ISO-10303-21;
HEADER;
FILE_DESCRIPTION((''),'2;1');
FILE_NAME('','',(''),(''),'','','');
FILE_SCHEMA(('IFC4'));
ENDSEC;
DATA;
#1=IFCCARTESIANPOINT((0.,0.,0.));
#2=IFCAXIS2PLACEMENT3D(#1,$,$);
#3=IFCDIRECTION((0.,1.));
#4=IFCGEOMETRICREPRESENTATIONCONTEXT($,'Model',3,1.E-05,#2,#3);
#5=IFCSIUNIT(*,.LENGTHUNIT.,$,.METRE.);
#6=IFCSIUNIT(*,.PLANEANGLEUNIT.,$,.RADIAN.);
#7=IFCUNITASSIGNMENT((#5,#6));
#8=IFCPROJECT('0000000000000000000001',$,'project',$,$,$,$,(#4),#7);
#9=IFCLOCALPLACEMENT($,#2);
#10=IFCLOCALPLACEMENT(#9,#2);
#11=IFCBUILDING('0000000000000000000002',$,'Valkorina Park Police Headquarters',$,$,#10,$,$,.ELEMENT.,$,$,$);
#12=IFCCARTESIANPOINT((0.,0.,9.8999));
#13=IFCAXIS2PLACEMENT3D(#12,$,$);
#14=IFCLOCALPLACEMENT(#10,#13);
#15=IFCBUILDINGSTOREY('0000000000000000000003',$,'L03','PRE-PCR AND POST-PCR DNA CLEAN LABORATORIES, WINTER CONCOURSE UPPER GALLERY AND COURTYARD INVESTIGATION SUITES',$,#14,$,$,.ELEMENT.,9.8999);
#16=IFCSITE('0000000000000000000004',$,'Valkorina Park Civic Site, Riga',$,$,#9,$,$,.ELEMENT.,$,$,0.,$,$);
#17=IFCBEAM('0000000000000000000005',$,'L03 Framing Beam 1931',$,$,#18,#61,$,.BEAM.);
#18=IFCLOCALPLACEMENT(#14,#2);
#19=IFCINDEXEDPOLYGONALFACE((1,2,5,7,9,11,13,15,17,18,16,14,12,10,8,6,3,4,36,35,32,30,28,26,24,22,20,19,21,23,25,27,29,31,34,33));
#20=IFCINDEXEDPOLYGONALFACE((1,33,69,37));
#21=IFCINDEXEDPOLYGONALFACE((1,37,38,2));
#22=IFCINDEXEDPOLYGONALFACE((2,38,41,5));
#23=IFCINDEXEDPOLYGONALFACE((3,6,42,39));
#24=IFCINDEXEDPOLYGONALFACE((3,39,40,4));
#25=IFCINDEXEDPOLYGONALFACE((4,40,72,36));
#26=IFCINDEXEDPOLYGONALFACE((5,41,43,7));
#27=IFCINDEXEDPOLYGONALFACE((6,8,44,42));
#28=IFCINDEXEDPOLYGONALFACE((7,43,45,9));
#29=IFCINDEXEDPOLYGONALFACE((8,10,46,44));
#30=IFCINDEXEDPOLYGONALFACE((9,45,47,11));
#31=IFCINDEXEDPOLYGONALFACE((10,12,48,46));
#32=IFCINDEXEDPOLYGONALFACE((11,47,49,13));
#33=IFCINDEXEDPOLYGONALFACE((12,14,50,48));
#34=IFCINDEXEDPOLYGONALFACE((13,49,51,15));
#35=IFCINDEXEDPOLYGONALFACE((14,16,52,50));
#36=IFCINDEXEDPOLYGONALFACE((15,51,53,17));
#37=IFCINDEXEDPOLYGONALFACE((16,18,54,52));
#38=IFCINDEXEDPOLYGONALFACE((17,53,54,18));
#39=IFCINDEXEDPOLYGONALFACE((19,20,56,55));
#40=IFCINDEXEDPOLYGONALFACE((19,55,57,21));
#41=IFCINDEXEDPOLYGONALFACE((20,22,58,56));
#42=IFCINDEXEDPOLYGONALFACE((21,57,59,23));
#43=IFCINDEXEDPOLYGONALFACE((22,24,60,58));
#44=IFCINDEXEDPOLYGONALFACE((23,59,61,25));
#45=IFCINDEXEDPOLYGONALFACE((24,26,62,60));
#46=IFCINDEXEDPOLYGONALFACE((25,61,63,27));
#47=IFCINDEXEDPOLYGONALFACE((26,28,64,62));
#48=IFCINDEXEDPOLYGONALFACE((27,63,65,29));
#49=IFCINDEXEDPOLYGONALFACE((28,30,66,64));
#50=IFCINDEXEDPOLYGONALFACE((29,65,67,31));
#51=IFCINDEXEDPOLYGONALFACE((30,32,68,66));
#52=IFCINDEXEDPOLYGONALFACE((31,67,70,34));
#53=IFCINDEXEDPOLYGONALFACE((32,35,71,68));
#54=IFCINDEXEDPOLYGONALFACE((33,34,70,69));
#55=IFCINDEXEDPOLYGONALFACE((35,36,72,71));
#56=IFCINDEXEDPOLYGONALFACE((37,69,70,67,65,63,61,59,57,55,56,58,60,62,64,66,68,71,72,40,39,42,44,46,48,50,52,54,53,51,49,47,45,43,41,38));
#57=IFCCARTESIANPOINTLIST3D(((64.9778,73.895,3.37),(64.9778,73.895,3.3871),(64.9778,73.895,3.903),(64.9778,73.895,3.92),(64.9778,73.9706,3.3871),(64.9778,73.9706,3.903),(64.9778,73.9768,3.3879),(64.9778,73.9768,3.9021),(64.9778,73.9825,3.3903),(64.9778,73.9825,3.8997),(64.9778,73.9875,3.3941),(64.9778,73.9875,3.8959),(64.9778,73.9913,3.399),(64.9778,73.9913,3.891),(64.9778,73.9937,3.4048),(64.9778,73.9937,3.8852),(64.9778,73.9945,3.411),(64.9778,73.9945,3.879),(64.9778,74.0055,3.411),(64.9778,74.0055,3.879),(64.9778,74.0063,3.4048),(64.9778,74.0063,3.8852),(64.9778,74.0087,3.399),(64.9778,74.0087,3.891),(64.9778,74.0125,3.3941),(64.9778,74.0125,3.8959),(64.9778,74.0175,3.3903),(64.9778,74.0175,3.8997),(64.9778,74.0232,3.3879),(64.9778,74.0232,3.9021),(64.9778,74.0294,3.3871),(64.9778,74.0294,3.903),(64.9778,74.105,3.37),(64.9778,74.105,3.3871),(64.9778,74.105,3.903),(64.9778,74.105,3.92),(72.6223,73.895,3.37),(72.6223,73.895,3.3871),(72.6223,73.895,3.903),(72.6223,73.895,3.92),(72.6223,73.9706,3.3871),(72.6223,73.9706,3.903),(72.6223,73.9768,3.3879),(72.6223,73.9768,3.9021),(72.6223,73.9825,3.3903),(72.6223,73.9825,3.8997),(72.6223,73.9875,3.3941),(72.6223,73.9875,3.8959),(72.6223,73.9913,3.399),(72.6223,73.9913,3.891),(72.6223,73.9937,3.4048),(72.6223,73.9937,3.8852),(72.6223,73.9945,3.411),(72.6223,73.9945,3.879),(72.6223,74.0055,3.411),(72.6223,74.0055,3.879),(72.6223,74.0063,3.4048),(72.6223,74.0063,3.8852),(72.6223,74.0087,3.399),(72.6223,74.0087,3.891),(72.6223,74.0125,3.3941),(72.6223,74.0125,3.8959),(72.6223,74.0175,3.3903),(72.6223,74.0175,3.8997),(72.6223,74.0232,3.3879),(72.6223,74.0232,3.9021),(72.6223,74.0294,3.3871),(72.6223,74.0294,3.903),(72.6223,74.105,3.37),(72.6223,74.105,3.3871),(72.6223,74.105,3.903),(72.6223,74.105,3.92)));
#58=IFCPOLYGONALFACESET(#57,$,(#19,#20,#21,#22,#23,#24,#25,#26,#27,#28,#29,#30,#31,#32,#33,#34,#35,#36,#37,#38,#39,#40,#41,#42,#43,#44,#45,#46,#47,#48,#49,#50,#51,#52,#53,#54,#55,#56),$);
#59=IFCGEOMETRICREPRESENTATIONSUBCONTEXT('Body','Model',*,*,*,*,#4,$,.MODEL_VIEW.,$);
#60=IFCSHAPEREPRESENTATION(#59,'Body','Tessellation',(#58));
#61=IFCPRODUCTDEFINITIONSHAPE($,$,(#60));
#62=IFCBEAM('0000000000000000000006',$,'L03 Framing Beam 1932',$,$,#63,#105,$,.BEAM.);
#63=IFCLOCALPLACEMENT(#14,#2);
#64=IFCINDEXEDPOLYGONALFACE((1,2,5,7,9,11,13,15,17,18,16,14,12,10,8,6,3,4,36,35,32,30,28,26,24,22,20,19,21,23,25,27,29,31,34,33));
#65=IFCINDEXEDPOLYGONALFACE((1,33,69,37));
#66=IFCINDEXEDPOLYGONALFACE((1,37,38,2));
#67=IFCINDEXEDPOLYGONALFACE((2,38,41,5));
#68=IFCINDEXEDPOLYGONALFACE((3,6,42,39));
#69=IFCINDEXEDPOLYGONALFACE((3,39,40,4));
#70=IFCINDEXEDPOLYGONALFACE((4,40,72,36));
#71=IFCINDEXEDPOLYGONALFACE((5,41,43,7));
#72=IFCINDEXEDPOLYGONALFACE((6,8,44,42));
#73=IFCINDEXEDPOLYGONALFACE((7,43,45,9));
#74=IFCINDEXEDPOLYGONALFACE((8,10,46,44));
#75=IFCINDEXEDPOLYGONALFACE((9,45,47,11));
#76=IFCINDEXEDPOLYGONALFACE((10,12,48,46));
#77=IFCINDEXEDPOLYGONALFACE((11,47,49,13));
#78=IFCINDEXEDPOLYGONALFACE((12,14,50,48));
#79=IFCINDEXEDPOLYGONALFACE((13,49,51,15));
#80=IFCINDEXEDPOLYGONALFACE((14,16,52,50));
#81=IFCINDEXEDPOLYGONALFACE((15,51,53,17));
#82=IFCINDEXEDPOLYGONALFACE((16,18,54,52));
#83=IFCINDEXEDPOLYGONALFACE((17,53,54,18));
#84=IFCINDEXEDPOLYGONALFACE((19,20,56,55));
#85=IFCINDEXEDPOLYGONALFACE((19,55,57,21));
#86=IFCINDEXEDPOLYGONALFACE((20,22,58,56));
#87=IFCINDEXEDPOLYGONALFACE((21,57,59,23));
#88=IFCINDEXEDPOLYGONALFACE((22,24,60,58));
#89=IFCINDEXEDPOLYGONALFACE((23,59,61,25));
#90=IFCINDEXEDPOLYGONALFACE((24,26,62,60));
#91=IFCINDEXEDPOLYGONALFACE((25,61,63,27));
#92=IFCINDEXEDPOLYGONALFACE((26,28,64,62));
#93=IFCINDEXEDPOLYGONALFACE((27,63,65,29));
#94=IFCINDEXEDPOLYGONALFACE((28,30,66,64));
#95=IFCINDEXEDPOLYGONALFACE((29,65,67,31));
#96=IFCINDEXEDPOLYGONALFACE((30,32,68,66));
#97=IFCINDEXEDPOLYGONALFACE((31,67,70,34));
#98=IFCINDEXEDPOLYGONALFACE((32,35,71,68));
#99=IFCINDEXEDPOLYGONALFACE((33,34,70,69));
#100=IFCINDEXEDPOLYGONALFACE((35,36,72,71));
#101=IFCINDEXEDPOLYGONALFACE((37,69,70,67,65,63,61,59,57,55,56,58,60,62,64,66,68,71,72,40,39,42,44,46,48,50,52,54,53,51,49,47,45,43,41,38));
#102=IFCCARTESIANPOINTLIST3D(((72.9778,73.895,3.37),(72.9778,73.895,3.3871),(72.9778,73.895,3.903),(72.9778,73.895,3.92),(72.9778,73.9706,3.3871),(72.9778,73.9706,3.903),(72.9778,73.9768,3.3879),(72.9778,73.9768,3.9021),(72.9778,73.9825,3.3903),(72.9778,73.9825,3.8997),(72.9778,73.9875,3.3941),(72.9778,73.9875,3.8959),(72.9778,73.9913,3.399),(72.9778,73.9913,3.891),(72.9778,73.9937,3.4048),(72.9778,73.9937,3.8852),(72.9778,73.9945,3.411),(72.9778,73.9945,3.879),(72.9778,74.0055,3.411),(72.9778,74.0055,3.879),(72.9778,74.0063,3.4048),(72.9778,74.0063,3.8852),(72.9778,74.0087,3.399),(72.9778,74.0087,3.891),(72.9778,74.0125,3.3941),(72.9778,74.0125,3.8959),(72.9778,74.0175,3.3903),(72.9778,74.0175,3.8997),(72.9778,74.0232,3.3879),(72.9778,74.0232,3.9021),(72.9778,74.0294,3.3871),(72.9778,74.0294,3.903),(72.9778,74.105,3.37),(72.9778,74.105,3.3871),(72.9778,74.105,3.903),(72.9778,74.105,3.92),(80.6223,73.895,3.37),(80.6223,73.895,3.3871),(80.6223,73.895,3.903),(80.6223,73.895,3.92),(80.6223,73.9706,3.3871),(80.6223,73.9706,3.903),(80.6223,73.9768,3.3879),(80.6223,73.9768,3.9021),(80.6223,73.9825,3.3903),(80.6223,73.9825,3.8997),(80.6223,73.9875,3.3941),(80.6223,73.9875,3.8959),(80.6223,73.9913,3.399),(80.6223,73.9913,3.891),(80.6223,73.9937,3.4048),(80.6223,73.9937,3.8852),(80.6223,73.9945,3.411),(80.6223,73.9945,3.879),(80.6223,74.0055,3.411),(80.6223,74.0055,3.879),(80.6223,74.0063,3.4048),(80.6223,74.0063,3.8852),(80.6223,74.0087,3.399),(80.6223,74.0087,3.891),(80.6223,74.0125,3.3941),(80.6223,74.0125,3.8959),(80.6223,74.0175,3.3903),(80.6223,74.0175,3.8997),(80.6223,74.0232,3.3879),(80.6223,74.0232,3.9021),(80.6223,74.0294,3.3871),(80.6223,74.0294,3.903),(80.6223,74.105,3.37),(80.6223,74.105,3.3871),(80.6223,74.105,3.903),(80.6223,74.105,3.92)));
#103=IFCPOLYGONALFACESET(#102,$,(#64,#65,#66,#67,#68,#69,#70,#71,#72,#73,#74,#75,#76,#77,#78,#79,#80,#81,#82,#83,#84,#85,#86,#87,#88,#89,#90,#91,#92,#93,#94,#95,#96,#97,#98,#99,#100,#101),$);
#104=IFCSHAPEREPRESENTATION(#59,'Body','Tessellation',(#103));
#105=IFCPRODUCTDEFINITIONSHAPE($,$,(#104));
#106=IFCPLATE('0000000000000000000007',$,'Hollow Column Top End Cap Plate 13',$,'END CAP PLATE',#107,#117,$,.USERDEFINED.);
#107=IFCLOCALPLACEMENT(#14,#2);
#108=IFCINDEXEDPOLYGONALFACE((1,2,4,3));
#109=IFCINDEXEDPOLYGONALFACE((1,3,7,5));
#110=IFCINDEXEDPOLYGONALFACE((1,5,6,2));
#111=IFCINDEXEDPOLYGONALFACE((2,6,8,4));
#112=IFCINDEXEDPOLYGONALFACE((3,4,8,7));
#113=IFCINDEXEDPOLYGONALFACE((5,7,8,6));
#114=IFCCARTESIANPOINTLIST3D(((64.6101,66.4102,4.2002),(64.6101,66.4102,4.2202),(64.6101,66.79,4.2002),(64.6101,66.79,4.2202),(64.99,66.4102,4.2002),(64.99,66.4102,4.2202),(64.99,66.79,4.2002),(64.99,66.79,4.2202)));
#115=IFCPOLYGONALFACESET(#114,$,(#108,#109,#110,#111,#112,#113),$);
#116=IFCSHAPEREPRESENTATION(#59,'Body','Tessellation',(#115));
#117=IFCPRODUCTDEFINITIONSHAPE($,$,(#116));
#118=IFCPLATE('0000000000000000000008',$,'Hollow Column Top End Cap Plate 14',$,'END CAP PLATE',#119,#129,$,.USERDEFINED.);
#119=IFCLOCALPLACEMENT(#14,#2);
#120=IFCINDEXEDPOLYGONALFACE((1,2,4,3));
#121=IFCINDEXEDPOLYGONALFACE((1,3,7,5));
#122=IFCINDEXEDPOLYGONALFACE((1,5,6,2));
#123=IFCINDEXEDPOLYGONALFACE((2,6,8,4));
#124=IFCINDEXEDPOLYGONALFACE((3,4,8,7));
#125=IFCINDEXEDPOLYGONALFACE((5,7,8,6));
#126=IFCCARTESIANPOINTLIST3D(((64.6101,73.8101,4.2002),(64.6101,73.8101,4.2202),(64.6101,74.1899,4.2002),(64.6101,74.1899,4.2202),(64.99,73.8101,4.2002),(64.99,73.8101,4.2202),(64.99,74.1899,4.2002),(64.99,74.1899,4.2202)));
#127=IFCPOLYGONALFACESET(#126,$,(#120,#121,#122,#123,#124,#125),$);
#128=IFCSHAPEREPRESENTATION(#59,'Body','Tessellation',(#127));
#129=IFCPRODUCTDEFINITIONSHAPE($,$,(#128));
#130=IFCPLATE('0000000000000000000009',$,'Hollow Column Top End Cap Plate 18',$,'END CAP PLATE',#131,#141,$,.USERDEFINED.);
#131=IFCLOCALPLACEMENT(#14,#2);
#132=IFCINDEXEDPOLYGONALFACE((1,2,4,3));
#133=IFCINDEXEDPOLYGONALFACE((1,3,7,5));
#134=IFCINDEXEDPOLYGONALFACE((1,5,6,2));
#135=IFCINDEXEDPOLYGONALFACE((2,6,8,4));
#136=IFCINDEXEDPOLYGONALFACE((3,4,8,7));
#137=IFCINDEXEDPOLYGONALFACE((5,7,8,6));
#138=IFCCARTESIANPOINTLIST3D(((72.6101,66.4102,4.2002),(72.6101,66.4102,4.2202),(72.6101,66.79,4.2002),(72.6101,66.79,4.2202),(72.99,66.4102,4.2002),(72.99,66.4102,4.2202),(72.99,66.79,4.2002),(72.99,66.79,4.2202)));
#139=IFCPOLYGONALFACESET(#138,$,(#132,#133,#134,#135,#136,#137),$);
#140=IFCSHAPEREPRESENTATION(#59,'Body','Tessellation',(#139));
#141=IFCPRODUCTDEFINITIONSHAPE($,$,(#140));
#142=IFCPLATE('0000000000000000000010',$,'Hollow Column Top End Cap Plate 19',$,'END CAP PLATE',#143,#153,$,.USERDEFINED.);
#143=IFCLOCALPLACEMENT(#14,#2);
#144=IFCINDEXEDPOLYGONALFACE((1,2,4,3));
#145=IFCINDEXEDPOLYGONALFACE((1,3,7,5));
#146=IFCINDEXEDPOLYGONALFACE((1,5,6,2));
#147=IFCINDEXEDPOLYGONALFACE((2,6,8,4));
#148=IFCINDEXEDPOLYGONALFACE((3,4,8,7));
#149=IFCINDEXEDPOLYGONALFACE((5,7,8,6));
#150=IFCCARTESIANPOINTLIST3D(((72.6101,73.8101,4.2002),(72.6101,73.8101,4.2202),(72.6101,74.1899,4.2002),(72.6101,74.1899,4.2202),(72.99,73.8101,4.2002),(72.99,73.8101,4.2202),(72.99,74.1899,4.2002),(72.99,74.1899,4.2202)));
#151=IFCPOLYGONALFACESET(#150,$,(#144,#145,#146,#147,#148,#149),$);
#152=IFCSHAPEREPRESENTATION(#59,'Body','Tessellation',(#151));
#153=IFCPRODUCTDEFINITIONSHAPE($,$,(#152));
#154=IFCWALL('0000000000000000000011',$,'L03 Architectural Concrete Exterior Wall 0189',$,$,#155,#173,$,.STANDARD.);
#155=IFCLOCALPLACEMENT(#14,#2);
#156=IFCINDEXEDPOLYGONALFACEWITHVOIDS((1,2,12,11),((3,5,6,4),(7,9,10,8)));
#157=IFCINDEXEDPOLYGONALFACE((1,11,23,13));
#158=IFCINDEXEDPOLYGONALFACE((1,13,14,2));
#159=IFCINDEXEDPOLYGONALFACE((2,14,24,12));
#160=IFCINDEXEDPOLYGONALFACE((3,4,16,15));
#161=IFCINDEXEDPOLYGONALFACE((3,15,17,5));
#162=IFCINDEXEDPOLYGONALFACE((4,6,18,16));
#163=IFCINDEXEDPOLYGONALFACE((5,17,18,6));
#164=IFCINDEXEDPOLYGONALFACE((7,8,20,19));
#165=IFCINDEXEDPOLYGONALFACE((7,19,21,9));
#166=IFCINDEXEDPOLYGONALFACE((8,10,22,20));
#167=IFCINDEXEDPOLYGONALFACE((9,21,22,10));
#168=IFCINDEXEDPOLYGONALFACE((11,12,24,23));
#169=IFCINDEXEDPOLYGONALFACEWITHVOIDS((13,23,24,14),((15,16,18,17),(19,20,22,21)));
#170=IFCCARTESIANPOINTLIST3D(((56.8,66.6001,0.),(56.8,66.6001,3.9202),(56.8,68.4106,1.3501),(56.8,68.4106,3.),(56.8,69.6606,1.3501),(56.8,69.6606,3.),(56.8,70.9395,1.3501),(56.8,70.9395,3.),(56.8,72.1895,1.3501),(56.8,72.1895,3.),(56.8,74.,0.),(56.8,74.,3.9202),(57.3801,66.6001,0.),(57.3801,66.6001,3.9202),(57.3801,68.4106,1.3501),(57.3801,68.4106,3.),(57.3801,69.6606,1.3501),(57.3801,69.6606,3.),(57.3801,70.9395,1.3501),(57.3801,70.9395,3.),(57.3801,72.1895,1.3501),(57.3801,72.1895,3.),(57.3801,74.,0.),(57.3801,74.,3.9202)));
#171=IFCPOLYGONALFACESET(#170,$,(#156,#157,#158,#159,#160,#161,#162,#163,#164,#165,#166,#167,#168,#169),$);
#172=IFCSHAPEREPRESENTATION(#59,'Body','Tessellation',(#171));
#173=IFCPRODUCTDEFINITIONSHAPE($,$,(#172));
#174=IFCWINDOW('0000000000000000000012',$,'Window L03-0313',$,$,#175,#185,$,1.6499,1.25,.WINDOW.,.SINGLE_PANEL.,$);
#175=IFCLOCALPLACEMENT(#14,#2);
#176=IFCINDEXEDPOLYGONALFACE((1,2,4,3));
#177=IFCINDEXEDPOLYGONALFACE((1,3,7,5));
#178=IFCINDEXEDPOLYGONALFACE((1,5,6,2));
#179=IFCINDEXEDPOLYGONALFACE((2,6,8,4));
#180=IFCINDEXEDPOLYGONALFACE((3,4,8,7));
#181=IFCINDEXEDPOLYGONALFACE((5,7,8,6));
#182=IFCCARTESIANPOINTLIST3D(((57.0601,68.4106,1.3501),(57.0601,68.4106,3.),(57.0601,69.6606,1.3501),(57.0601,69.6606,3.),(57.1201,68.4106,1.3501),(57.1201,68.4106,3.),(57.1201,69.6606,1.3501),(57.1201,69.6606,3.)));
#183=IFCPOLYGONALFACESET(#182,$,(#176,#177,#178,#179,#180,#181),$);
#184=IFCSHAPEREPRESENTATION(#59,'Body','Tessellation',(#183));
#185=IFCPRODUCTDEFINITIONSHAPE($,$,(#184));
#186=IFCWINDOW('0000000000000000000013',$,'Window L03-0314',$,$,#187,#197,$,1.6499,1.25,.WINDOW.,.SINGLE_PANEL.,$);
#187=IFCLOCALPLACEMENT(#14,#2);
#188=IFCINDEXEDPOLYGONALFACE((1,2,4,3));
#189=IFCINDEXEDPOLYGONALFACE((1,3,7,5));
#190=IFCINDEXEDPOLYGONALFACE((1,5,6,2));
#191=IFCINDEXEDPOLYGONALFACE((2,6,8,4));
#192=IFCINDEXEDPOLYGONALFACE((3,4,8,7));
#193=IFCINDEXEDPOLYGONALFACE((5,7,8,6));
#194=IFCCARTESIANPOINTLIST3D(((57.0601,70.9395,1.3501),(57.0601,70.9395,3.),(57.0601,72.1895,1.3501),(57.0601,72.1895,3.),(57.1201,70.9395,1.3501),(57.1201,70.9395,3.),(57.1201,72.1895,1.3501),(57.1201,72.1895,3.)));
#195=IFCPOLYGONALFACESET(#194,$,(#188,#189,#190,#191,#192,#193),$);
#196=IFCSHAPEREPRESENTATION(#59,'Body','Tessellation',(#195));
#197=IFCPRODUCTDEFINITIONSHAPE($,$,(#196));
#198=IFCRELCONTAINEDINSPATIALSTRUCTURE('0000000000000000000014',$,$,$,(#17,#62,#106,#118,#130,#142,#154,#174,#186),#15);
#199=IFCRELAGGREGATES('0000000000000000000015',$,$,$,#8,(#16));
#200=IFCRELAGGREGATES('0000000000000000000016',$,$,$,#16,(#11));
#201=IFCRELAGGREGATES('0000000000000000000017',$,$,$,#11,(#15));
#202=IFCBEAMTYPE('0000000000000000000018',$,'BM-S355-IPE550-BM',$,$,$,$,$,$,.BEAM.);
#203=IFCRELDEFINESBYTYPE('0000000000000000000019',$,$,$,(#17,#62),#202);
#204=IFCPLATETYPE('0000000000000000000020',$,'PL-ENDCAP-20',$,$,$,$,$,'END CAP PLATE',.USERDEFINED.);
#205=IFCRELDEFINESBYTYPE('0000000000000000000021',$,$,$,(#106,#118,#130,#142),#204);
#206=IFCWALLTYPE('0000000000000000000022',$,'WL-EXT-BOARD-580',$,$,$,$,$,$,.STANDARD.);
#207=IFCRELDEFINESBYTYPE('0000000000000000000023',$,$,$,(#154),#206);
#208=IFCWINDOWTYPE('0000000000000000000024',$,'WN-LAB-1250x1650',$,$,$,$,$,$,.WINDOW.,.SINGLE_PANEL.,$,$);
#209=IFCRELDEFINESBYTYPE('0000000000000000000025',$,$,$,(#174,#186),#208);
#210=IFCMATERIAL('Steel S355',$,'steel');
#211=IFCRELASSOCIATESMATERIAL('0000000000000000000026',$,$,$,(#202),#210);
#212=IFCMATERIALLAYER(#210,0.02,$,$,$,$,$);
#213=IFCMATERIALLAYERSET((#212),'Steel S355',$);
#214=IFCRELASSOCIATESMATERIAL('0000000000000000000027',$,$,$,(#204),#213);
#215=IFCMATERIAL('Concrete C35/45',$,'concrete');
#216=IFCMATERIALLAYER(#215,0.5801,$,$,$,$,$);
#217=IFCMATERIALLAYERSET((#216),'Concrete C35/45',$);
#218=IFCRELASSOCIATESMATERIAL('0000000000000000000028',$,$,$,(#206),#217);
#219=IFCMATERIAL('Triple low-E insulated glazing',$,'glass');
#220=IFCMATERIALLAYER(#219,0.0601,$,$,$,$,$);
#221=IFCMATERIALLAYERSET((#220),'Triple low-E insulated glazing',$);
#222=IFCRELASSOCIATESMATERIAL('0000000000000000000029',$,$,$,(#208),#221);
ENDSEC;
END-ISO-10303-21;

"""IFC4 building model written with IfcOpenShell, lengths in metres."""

from ifc_helpers import new_model, si_unit, direction, frame, frame_2d, origin, origin_2d, place, context, subcontext, project, spatial, rectangle, i_section, extrude, material, layer, layer_set, material_profile, profile_set, type_object, element, fill, save


model = new_model("IFC4")

# Units and contexts
model_context = context("Model", 3, precision=1e-05, world=origin(), true_north=direction((0.0, 1.0)))
body_context = subcontext(model_context, "Body", "Model", "MODEL_VIEW")
ifc_project = project(units=[si_unit("LENGTHUNIT", "METRE"), si_unit("PLANEANGLEUNIT", "RADIAN")], contexts=[model_context])

# Site, building, storey
site_placement = place(None, origin())
site = spatial("IfcSite", under=ifc_project, at=site_placement, Name="Valkorina Park Civic Site, Riga", CompositionType="ELEMENT", RefElevation=0.0)
building_placement = place(site_placement, origin())
building = spatial("IfcBuilding", under=site, at=building_placement, Name="Valkorina Park Police Headquarters", CompositionType="ELEMENT")
storey_placement = place(building_placement, frame((0.0, 0.0, 9.8999)))
storey = spatial("IfcBuildingStorey", under=building, at=storey_placement, Name="L03", Description="PRE-PCR AND POST-PCR DNA CLEAN LABORATORIES, WINTER CONCOURSE UPPER GALLERY AND COURTYARD INVESTIGATION SUITES", CompositionType="ELEMENT", Elevation=9.8999)

# Shared definitions
ifc_material_1 = material(Name="Steel S355", Category="steel")

# Beams
ifc_material_profile_1 = material_profile(ifc_material_1, i_section(OverallWidth=0.21, OverallDepth=0.55, WebThickness=0.011, FlangeThickness=0.0171, FilletRadius=0.0239, at=origin_2d()), Name="IPE 550")
ifc_profile_set_1 = profile_set([ifc_material_profile_1], Name="Steel S355")
beam_type_1 = type_object("IfcBeamType", Name="BM-S355-IPE550-BM", PredefinedType="BEAM", material=ifc_profile_set_1)
for number, where, z_axis, x_axis, name in (
    (1, (64.9778, 74.0, 3.645), (1.0, 0.0, 0.0), (0.0, 1.0, 0.0), "L03 Framing Beam 1931"),
    (2, (72.9778, 74.0, 3.645), (1.0, 0.0, 0.0), (0.0, 1.0, 0.0), "L03 Framing Beam 1932"),
):
    element("IfcBeam", number, at=place(storey_placement, frame(where, z_axis=z_axis, x_axis=x_axis)), inside=storey, type_object=beam_type_1, Name=name, PredefinedType="BEAM", context=body_context, shape_type="SweptSolid", body=[
        extrude(i_section(OverallWidth=0.21, OverallDepth=0.55, WebThickness=0.011, FlangeThickness=0.0171, FilletRadius=0.0239, at=origin_2d()), origin(), (0.0, 0.0, 1.0), 7.6445),
    ])

# Plates
ifc_layer_1 = layer(ifc_material_1, 0.02)
ifc_layer_set_1 = layer_set([ifc_layer_1], Name="Steel S355")
plate_type = type_object("IfcPlateType", Name="PL-ENDCAP-20", ElementType="END CAP PLATE", PredefinedType="USERDEFINED", material=ifc_layer_set_1)
for number, where, z_axis, x_axis, name in (
    (3, (64.8, 66.6001, 4.2002), (0.0, 0.0, 1.0), (1.0, 0.0, 0.0), "Hollow Column Top End Cap Plate 13"),
    (4, (64.8, 74.0, 4.2002), (0.0, 0.0, 1.0), (1.0, 0.0, 0.0), "Hollow Column Top End Cap Plate 14"),
    (5, (72.8, 66.6001, 4.2002), (0.0, 0.0, 1.0), (1.0, 0.0, 0.0), "Hollow Column Top End Cap Plate 18"),
    (6, (72.8, 74.0, 4.2002), (0.0, 0.0, 1.0), (1.0, 0.0, 0.0), "Hollow Column Top End Cap Plate 19"),
):
    element("IfcPlate", number, at=place(storey_placement, frame(where, z_axis=z_axis, x_axis=x_axis)), inside=storey, type_object=plate_type, Name=name, ObjectType="END CAP PLATE", PredefinedType="USERDEFINED", context=body_context, shape_type="SweptSolid", body=[
        extrude(rectangle(XDim=0.3799, YDim=0.3799, at=origin_2d()), origin(), (0.0, 0.0, 1.0), 0.02),
    ])

# Wall, openings, windows
ifc_material_2 = material(Name="Concrete C35/45", Category="concrete")
ifc_layer_2 = layer(ifc_material_2, 0.5801)
ifc_layer_set_2 = layer_set([ifc_layer_2], Name="Concrete C35/45")
wall_type = type_object("IfcWallType", Name="WL-EXT-BOARD-580", PredefinedType="STANDARD", material=ifc_layer_set_2)
wall_1_placement = place(storey_placement, frame((57.0901, 66.6001, 0.0), z_axis=(0.0, 0.0, 1.0), x_axis=(0.0, 1.0, 0.0)))
wall_1 = element("IfcWall", 7, at=wall_1_placement, inside=storey, type_object=wall_type, Name="L03 Architectural Concrete Exterior Wall 0189", PredefinedType="STANDARD", context=body_context, shape_type="SweptSolid", body=[
    extrude(rectangle(XDim=7.3999, YDim=0.5801, at=frame_2d((3.7, 0.0))), origin(), (0.0, 0.0, 1.0), 3.9202),
])
opening_1_placement = place(wall_1_placement, frame((1.8105, 0.0, 1.3501)))
opening_1 = element("IfcOpeningElement", 8, at=opening_1_placement, cuts=wall_1, PredefinedType="OPENING", context=body_context, shape_type="SweptSolid", body=[
    extrude(rectangle(XDim=1.25, YDim=1.6499, at=frame_2d((0.625, 0.825))), frame((0.0, 0.3, 0.0), z_axis=(0.0, -1.0, 0.0), x_axis=(1.0, 0.0, 0.0)), (0.0, 0.0, 1.0), 0.6001),
])
opening_2_placement = place(wall_1_placement, frame((4.3394, 0.0, 1.3501)))
opening_2 = element("IfcOpeningElement", 9, at=opening_2_placement, cuts=wall_1, PredefinedType="OPENING", context=body_context, shape_type="SweptSolid", body=[
    extrude(rectangle(XDim=1.25, YDim=1.6499, at=frame_2d((0.625, 0.825))), frame((0.0, 0.3, 0.0), z_axis=(0.0, -1.0, 0.0), x_axis=(1.0, 0.0, 0.0)), (0.0, 0.0, 1.0), 0.6001),
])
ifc_material_3 = material(Name="Triple low-E insulated glazing", Category="glass")
ifc_layer_3 = layer(ifc_material_3, 0.0601)
ifc_layer_set_3 = layer_set([ifc_layer_3], Name="Triple low-E insulated glazing")
window_type_1 = type_object("IfcWindowType", Name="WN-LAB-1250x1650", PartitioningType="SINGLE_PANEL", PredefinedType="WINDOW", material=ifc_layer_set_3)
window_1_placement = place(opening_1_placement, origin())
window_1 = element("IfcWindow", 10, at=window_1_placement, inside=storey, type_object=window_type_1, Name="Window L03-0313", OverallHeight=1.6499, OverallWidth=1.25, PartitioningType="SINGLE_PANEL", PredefinedType="WINDOW", context=body_context, shape_type="SweptSolid", body=[
    extrude(rectangle(XDim=1.25, YDim=1.6499, at=frame_2d((0.625, 0.825))), frame((0.0, 0.03, 0.0), z_axis=(0.0, -1.0, 0.0), x_axis=(1.0, 0.0, 0.0)), (0.0, 0.0, 1.0), 0.0601),
])
fill(opening_1, window_1)
window_2_placement = place(opening_2_placement, origin())
window_2 = element("IfcWindow", 11, at=window_2_placement, inside=storey, type_object=window_type_1, Name="Window L03-0314", OverallHeight=1.6499, OverallWidth=1.25, PartitioningType="SINGLE_PANEL", PredefinedType="WINDOW", context=body_context, shape_type="SweptSolid", body=[
    extrude(rectangle(XDim=1.25, YDim=1.6499, at=frame_2d((0.625, 0.825))), frame((0.0, 0.03, 0.0), z_axis=(0.0, -1.0, 0.0), x_axis=(1.0, 0.0, 0.0)), (0.0, 0.0, 1.0), 0.0601),
])
fill(opening_2, window_2)

save(model, "model.ifc")
